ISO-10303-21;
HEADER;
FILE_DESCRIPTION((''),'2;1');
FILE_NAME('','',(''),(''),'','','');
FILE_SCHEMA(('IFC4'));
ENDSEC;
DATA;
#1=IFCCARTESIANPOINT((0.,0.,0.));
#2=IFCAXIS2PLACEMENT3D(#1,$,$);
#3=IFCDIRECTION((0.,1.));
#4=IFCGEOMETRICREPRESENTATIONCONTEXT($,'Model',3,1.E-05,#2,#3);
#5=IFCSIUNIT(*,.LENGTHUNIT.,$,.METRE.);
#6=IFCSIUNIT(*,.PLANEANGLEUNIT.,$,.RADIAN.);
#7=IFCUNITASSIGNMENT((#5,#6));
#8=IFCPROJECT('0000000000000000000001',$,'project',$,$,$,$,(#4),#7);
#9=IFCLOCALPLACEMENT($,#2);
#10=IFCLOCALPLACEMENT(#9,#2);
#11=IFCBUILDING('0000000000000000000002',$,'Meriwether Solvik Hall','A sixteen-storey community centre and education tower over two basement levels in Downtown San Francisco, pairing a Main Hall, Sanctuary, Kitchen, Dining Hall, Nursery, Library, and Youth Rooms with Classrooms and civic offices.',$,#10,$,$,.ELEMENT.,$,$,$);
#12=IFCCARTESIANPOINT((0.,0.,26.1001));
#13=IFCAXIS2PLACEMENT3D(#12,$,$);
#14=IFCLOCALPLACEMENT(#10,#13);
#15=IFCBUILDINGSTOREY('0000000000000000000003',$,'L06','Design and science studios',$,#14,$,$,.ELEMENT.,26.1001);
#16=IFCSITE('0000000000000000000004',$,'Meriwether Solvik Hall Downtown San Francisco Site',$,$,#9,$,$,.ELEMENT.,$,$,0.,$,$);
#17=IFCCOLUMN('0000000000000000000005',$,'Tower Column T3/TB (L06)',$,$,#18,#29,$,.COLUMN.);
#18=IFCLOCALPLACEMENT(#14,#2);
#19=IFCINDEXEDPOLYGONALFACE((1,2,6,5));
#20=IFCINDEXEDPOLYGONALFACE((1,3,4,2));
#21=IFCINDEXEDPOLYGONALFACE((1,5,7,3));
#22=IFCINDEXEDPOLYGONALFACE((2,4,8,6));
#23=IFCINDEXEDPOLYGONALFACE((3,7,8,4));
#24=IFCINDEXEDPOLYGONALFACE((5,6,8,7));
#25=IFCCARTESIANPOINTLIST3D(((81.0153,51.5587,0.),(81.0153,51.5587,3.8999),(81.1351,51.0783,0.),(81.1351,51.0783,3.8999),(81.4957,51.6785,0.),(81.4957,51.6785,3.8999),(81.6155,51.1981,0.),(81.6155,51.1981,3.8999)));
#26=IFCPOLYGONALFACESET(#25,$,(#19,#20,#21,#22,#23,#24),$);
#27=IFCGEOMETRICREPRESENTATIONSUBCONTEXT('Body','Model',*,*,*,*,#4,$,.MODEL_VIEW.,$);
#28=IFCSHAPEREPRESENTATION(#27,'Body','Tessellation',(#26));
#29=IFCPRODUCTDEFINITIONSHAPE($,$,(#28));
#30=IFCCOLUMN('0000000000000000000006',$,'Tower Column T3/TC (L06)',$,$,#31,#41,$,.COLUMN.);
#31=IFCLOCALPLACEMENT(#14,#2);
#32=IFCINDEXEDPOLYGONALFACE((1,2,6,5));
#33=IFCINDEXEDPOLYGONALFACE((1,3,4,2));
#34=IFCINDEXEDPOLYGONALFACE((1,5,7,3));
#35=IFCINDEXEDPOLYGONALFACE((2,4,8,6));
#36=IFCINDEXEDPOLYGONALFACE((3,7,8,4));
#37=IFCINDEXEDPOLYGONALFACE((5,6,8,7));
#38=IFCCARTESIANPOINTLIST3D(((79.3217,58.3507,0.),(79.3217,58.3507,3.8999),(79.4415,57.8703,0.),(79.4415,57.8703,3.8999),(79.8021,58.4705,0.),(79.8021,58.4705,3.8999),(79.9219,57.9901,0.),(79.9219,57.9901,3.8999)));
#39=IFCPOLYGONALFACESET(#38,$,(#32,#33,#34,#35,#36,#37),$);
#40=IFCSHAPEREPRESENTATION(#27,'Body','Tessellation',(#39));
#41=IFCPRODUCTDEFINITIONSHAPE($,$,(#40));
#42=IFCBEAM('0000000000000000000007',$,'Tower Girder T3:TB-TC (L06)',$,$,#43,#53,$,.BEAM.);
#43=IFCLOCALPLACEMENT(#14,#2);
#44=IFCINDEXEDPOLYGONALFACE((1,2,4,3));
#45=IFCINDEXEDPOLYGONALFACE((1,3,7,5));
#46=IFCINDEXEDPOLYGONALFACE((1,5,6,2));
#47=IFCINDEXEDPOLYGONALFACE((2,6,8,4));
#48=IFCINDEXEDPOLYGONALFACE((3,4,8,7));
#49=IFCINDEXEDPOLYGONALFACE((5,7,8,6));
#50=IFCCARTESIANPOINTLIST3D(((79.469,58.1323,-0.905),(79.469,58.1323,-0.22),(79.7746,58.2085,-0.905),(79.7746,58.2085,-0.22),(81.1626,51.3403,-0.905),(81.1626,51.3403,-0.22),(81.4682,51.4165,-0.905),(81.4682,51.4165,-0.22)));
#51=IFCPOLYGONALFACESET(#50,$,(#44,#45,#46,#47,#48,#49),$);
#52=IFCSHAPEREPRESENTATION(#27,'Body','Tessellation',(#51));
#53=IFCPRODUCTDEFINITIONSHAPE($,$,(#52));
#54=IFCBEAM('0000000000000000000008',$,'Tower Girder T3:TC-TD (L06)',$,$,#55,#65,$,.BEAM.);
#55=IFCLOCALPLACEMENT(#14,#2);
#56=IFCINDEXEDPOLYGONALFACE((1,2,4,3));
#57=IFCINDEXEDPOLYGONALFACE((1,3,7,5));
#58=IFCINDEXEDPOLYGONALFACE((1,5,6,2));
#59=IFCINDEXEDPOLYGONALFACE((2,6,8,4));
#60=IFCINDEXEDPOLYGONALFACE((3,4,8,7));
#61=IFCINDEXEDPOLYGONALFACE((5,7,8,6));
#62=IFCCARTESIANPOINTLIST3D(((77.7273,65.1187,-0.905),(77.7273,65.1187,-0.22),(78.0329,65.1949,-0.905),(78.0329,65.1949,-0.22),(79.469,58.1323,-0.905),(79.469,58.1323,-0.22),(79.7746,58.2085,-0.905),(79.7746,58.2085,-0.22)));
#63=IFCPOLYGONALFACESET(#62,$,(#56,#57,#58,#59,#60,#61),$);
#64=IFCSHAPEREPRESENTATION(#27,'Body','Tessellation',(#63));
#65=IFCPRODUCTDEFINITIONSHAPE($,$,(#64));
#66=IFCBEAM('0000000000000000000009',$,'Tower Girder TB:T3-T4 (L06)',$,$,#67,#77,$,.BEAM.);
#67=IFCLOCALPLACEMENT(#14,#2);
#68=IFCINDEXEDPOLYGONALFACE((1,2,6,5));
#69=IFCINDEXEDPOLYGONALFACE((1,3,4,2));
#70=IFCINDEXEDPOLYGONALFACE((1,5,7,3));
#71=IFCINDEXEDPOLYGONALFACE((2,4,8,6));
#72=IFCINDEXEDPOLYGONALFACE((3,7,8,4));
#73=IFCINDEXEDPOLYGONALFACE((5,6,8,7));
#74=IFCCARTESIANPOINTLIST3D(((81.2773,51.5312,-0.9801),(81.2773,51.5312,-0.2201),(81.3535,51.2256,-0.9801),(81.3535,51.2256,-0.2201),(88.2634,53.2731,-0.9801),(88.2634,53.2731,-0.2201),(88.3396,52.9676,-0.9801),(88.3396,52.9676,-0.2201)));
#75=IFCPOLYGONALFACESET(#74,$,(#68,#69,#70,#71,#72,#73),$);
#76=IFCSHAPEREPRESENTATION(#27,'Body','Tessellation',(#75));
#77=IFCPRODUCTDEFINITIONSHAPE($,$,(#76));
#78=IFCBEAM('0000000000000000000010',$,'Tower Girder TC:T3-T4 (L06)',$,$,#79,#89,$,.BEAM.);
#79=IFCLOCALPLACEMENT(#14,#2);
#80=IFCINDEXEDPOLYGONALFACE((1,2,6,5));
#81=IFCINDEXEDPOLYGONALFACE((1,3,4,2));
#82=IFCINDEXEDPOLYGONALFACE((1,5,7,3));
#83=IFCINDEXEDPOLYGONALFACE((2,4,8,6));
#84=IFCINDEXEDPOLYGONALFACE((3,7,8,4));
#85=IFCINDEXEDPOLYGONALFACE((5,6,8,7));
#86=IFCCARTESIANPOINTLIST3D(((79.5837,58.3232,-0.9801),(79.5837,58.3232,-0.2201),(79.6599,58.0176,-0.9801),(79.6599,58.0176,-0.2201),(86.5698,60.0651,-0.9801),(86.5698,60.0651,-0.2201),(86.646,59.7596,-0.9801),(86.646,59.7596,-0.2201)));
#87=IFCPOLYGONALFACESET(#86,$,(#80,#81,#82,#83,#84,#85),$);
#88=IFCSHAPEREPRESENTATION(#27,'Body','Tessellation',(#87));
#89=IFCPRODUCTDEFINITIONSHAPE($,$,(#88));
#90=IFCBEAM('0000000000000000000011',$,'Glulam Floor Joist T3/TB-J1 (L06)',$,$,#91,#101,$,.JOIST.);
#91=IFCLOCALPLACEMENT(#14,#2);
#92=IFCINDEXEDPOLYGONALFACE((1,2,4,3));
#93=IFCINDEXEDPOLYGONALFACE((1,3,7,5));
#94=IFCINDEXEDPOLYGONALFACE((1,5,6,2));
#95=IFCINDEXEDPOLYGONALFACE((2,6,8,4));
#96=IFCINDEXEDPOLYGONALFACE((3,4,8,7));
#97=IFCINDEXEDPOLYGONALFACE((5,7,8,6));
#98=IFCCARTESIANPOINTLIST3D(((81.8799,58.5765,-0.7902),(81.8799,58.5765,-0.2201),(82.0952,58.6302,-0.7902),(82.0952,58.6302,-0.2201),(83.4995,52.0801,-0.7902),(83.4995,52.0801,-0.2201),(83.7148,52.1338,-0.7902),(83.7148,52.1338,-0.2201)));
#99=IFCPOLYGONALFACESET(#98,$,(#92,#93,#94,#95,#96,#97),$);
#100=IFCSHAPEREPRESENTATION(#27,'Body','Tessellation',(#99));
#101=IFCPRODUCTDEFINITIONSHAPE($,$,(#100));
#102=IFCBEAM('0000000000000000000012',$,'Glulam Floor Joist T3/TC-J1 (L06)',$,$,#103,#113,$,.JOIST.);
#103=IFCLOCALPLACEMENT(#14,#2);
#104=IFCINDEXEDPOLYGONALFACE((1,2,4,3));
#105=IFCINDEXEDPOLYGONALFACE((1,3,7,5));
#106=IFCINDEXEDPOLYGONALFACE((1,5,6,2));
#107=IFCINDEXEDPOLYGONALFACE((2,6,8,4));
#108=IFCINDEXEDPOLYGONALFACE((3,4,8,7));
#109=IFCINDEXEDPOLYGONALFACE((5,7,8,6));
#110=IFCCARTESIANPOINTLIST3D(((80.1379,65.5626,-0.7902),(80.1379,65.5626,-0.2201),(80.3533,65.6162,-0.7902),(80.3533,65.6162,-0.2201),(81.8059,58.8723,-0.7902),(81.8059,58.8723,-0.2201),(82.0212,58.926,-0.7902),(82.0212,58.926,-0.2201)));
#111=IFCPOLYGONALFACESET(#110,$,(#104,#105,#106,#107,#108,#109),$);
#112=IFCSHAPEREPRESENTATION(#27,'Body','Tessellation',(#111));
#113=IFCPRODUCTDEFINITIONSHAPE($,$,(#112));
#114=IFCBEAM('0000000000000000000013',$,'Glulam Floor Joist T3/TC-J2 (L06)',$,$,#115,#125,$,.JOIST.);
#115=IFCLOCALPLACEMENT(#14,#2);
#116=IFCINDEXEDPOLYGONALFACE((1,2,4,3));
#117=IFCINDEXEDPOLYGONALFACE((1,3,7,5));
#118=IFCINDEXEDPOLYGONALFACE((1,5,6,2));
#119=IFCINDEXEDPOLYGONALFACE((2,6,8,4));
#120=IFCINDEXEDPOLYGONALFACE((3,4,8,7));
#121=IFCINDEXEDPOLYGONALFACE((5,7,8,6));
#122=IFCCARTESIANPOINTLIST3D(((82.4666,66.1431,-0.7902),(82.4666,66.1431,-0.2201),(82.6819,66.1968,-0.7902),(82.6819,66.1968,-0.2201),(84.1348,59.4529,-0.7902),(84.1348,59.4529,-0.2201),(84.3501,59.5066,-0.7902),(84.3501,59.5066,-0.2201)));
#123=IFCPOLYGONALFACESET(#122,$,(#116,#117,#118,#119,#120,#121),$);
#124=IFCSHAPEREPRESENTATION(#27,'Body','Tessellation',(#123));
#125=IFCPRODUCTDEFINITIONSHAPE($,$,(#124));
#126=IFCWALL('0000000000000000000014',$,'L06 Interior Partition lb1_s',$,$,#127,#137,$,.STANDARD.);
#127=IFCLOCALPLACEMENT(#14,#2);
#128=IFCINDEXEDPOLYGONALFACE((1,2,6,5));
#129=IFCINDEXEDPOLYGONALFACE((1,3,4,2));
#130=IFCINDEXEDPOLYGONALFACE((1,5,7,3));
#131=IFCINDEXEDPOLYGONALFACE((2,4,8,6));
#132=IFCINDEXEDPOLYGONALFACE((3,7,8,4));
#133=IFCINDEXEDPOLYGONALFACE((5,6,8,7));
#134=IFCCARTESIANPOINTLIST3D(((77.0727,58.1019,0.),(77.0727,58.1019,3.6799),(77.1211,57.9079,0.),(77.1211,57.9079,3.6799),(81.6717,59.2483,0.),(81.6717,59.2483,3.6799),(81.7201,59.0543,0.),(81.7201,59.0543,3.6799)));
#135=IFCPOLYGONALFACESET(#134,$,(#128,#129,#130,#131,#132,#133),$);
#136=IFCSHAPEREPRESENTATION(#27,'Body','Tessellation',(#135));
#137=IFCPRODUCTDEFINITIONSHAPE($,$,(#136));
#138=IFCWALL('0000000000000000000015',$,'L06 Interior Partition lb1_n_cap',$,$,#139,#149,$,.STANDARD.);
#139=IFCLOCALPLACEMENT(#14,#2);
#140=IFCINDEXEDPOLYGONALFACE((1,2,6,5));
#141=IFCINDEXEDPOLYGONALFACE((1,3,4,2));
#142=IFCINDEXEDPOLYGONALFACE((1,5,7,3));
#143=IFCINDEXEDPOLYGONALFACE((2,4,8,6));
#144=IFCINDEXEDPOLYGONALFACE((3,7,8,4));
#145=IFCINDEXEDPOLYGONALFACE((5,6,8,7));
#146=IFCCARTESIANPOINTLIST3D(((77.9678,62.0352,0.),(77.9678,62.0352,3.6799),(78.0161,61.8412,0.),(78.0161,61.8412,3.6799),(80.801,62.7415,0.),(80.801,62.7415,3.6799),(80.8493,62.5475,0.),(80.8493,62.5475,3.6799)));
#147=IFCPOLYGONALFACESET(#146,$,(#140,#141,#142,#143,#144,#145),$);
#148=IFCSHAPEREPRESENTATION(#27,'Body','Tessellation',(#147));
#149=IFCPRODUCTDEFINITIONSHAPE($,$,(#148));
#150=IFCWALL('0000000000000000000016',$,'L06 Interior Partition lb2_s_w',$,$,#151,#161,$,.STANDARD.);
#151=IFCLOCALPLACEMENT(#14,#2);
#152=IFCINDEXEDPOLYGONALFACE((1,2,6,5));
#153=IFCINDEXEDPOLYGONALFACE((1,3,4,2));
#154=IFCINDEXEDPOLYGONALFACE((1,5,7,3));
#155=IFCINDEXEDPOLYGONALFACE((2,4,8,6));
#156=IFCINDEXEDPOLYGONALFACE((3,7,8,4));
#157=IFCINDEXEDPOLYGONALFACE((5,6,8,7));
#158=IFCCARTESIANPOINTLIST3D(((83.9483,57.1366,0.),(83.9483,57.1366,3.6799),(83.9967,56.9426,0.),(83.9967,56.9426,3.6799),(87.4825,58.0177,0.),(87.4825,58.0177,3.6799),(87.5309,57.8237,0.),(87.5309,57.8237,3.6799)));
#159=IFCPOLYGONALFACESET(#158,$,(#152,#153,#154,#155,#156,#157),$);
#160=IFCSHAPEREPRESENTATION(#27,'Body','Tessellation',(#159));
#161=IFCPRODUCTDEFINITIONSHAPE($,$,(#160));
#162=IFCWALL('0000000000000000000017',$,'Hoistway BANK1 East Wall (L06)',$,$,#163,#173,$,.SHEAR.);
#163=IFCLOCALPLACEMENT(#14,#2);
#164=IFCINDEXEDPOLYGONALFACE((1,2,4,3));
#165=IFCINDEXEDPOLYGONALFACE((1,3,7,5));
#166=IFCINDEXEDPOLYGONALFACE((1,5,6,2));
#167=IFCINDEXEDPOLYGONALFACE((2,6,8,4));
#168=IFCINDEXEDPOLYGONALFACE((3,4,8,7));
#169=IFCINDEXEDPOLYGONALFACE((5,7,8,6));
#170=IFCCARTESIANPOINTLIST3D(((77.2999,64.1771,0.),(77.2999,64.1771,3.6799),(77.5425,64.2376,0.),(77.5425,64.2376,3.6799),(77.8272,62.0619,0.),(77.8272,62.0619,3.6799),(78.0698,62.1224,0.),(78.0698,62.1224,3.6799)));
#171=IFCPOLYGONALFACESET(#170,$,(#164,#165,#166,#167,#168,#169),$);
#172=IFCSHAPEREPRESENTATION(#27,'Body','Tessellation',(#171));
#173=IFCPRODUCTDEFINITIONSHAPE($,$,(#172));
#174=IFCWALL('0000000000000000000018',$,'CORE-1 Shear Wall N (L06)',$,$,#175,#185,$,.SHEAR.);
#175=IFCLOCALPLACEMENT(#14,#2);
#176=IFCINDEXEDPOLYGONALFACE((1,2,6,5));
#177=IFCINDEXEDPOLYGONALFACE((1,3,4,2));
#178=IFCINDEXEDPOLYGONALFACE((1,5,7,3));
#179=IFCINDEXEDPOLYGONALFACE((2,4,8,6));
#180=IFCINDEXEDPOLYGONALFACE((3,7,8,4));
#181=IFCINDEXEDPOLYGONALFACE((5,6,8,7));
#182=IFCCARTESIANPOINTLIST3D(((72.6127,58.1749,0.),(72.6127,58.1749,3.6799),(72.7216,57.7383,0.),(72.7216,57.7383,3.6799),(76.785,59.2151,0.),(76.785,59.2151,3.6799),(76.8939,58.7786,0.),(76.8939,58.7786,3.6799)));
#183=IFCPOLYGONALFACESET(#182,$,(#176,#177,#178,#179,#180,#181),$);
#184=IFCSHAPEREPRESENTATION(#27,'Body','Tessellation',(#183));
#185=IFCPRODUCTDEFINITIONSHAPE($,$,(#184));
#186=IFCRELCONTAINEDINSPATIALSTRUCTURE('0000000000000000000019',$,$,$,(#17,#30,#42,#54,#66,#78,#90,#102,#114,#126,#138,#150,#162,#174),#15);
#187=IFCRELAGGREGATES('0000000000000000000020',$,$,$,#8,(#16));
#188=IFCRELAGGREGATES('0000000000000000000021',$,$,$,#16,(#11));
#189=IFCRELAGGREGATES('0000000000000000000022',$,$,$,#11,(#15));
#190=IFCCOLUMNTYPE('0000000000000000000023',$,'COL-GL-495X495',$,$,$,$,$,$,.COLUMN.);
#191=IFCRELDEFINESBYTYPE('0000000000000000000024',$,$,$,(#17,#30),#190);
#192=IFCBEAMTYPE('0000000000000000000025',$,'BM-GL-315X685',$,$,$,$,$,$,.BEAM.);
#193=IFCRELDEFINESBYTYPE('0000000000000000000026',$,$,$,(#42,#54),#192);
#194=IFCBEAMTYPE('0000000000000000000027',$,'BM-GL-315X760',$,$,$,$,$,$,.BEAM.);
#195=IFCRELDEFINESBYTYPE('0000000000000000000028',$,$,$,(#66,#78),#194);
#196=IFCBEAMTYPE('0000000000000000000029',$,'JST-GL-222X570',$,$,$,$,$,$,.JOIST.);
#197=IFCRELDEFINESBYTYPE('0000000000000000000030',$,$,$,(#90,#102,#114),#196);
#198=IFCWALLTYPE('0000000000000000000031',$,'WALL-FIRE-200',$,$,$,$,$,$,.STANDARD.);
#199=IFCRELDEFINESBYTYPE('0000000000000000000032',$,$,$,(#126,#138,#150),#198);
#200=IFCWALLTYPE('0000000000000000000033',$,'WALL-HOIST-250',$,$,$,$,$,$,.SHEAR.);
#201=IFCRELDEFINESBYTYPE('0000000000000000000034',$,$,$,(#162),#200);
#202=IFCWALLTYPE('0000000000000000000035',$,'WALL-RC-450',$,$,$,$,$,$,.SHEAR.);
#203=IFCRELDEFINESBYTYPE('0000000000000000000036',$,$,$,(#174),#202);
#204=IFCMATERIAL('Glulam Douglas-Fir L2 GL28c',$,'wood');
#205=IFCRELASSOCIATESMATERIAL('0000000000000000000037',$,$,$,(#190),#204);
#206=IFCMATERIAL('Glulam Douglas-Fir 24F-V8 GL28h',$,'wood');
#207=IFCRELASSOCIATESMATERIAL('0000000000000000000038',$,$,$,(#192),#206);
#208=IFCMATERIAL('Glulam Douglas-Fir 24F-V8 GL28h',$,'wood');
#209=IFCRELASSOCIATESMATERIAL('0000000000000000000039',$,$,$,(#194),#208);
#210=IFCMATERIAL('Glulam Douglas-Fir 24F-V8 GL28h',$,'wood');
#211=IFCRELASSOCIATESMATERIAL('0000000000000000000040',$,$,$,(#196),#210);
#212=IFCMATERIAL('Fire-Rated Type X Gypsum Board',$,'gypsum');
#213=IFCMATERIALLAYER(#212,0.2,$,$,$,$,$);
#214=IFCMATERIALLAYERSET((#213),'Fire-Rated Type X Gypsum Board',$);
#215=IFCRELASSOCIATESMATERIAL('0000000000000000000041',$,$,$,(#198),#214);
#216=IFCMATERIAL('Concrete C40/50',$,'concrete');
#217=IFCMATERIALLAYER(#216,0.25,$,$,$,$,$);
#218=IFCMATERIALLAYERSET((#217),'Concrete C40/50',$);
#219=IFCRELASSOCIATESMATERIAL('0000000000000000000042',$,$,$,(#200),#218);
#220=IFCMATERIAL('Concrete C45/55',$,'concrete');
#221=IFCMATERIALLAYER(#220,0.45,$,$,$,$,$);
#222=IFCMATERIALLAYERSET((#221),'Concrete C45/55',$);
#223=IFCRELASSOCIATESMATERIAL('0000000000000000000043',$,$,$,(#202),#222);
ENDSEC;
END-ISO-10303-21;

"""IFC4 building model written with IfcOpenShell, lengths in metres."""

from ifc_helpers import new_model, si_unit, direction, frame, frame_2d, origin, origin_2d, place, context, subcontext, project, spatial, rectangle, extrude, material, layer, layer_set, material_profile, profile_set, type_object, element, save


model = new_model("IFC4")

# Units and contexts
model_context = context("Model", 3, precision=1e-05, world=origin(), true_north=direction((0.0, 1.0)))
body_context = subcontext(model_context, "Body", "Model", "MODEL_VIEW")
ifc_project = project(units=[si_unit("LENGTHUNIT", "METRE"), si_unit("PLANEANGLEUNIT", "RADIAN")], contexts=[model_context])

# Site, building, storey
site_placement = place(None, origin())
site = spatial("IfcSite", under=ifc_project, at=site_placement, Name="Meriwether Solvik Hall Downtown San Francisco Site", CompositionType="ELEMENT", RefElevation=0.0)
building_placement = place(site_placement, origin())
building = spatial("IfcBuilding", under=site, at=building_placement, Name="Meriwether Solvik Hall", Description="A sixteen-storey community centre and education tower over two basement levels in Downtown San Francisco, pairing a Main Hall, Sanctuary, Kitchen, Dining Hall, Nursery, Library, and Youth Rooms with Classrooms and civic offices.", CompositionType="ELEMENT")
storey_placement = place(building_placement, frame((0.0, 0.0, 26.1001)))
storey = spatial("IfcBuildingStorey", under=building, at=storey_placement, Name="L06", Description="Design and science studios", CompositionType="ELEMENT", Elevation=26.1001)

# Columns
ifc_material_1 = material(Name="Glulam Douglas-Fir L2 GL28c", Category="wood")
ifc_material_profile_1 = material_profile(ifc_material_1, rectangle(XDim=0.4951, YDim=0.4951, at=origin_2d()), Name="GLC-495X495")
ifc_profile_set_1 = profile_set([ifc_material_profile_1], Name="Glulam Douglas-Fir L2 GL28c")
column_type = type_object("IfcColumnType", Name="COL-GL-495X495", PredefinedType="COLUMN", material=ifc_profile_set_1)
for number, where, z_axis, x_axis, name in (
    (1, (81.3154, 51.3784, 0.0), (0.0, 0.0, 1.0), (0.970296, 0.241922, 0.0), "Tower Column T3/TB (L06)"),
    (2, (79.6218, 58.1704, 0.0), (0.0, 0.0, 1.0), (0.970296, 0.241922, 0.0), "Tower Column T3/TC (L06)"),
):
    element("IfcColumn", number, at=place(storey_placement, frame(where, z_axis=z_axis, x_axis=x_axis)), inside=storey, type_object=column_type, Name=name, PredefinedType="COLUMN", context=body_context, shape_type="SweptSolid", body=[
        extrude(rectangle(XDim=0.4951, YDim=0.4951, at=origin_2d()), origin(), (0.0, 0.0, 1.0), 3.8999),
    ])

# Beams
ifc_material_2 = material(Name="Glulam Douglas-Fir 24F-V8 GL28h", Category="wood")
ifc_material_profile_2 = material_profile(ifc_material_2, rectangle(XDim=0.3149, YDim=0.6851, at=origin_2d()), Name="GLB-315X685")
ifc_profile_set_2 = profile_set([ifc_material_profile_2], Name="Glulam Douglas-Fir 24F-V8 GL28h")
beam_type_1 = type_object("IfcBeamType", Name="BM-GL-315X685", PredefinedType="BEAM", material=ifc_profile_set_2)
beam_1_placement = place(storey_placement, frame((81.3154, 51.3784, -0.5625), z_axis=(-0.241945, 0.97029, 0.0), x_axis=(-0.97029, -0.241945, 0.0)))
element("IfcBeam", 3, at=beam_1_placement, inside=storey, type_object=beam_type_1, Name="Tower Girder T3:TB-TC (L06)", PredefinedType="BEAM", context=body_context, shape_type="SweptSolid", body=[
    extrude(rectangle(XDim=0.3149, YDim=0.6851, at=origin_2d()), origin(), (0.0, 0.0, 1.0), 7.0),
])
beam_2_placement = place(storey_placement, frame((79.6218, 58.1704, -0.5625), z_axis=(-0.241897, 0.970302, 0.0), x_axis=(-0.970302, -0.241897, 0.0)))
element("IfcBeam", 4, at=beam_2_placement, inside=storey, type_object=beam_type_1, Name="Tower Girder T3:TC-TD (L06)", PredefinedType="BEAM", context=body_context, shape_type="SweptSolid", body=[
    extrude(rectangle(XDim=0.3149, YDim=0.6851, at=origin_2d()), origin(), (0.0, 0.0, 1.0), 7.2002),
])
ifc_material_3 = material(Name="Glulam Douglas-Fir 24F-V8 GL28h", Category="wood")
ifc_material_profile_3 = material_profile(ifc_material_3, rectangle(XDim=0.3149, YDim=0.76, at=origin_2d()), Name="GLB-315X760")
ifc_profile_set_3 = profile_set([ifc_material_profile_3], Name="Glulam Douglas-Fir 24F-V8 GL28h")
beam_type_2 = type_object("IfcBeamType", Name="BM-GL-315X760", PredefinedType="BEAM", material=ifc_profile_set_3)
for number, where, z_axis, x_axis, name in (
    (5, (81.3154, 51.3784, -0.6001), (0.970292, 0.241937, 0.0), (-0.241937, 0.970292, 0.0), "Tower Girder TB:T3-T4 (L06)"),
    (6, (79.6218, 58.1704, -0.6001), (0.970292, 0.241937, 0.0), (-0.241937, 0.970292, 0.0), "Tower Girder TC:T3-T4 (L06)"),
):
    element("IfcBeam", number, at=place(storey_placement, frame(where, z_axis=z_axis, x_axis=x_axis)), inside=storey, type_object=beam_type_2, Name=name, PredefinedType="BEAM", context=body_context, shape_type="SweptSolid", body=[
        extrude(rectangle(XDim=0.3149, YDim=0.76, at=origin_2d()), origin(), (0.0, 0.0, 1.0), 7.2),
    ])
ifc_material_4 = material(Name="Glulam Douglas-Fir 24F-V8 GL28h", Category="wood")
ifc_material_profile_4 = material_profile(ifc_material_4, rectangle(XDim=0.2219, YDim=0.5701, at=origin_2d()), Name="GLJ-222X570")
ifc_profile_set_4 = profile_set([ifc_material_profile_4], Name="Glulam Douglas-Fir 24F-V8 GL28h")
beam_type_3 = type_object("IfcBeamType", Name="JST-GL-222X570", PredefinedType="JOIST", material=ifc_profile_set_4)
beam_3_placement = place(storey_placement, frame((83.6072, 52.1069, -0.5051), z_axis=(-0.241909, 0.970299, 0.0), x_axis=(-0.970299, -0.241909, 0.0)))
element("IfcBeam", 7, at=beam_3_placement, inside=storey, type_object=beam_type_3, Name="Glulam Floor Joist T3/TB-J1 (L06)", PredefinedType="JOIST", context=body_context, shape_type="SweptSolid", body=[
    extrude(rectangle(XDim=0.2219, YDim=0.5701, at=origin_2d()), origin(), (0.0, 0.0, 1.0), 6.6953),
])
for number, where, z_axis, x_axis, name in (
    (8, (81.9136, 58.8992, -0.5051), (-0.241911, 0.970299, 0.0), (-0.970299, -0.241911, 0.0), "Glulam Floor Joist T3/TC-J1 (L06)"),
    (9, (84.2424, 59.4797, -0.5051), (-0.241944, 0.97029, 0.0), (-0.97029, -0.241944, 0.0), "Glulam Floor Joist T3/TC-J2 (L06)"),
):
    element("IfcBeam", number, at=place(storey_placement, frame(where, z_axis=z_axis, x_axis=x_axis)), inside=storey, type_object=beam_type_3, Name=name, PredefinedType="JOIST", context=body_context, shape_type="SweptSolid", body=[
        extrude(rectangle(XDim=0.2219, YDim=0.5701, at=origin_2d()), origin(), (0.0, 0.0, 1.0), 6.895),
    ])

# Walls
ifc_material_5 = material(Name="Fire-Rated Type X Gypsum Board", Category="gypsum")
ifc_layer_1 = layer(ifc_material_5, 0.2)
ifc_layer_set_1 = layer_set([ifc_layer_1], Name="Fire-Rated Type X Gypsum Board")
wall_type_1 = type_object("IfcWallType", Name="WALL-FIRE-200", PredefinedType="STANDARD", material=ifc_layer_set_1)
wall_1_placement = place(storey_placement, frame((77.0969, 58.0049, 0.0), z_axis=(0.0, 0.0, 1.0), x_axis=(0.970306, 0.241881, 0.0)))
element("IfcWall", 10, at=wall_1_placement, inside=storey, type_object=wall_type_1, Name="L06 Interior Partition lb1_s", PredefinedType="STANDARD", context=body_context, shape_type="SweptSolid", body=[
    extrude(rectangle(XDim=4.7397, YDim=0.2, at=frame_2d((2.3699, 0.0))), origin(), (0.0, 0.0, 1.0), 3.6799),
])
wall_2_placement = place(storey_placement, frame((77.9919, 61.9382, 0.0), z_axis=(0.0, 0.0, 1.0), x_axis=(0.970305, 0.241886, 0.0)))
element("IfcWall", 11, at=wall_2_placement, inside=storey, type_object=wall_type_1, Name="L06 Interior Partition lb1_n_cap", PredefinedType="STANDARD", context=body_context, shape_type="SweptSolid", body=[
    extrude(rectangle(XDim=2.9199, YDim=0.2, at=frame_2d((1.46, 0.0))), origin(), (0.0, 0.0, 1.0), 3.6799),
])
wall_3_placement = place(storey_placement, frame((83.9724, 57.0396, 0.0), z_axis=(0.0, 0.0, 1.0), x_axis=(0.9703, 0.241905, 0.0)))
element("IfcWall", 12, at=wall_3_placement, inside=storey, type_object=wall_type_1, Name="L06 Interior Partition lb2_s_w", PredefinedType="STANDARD", context=body_context, shape_type="SweptSolid", body=[
    extrude(rectangle(XDim=3.6423, YDim=0.2, at=frame_2d((1.8213, 0.0))), origin(), (0.0, 0.0, 1.0), 3.6799),
])
ifc_material_6 = material(Name="Concrete C40/50", Category="concrete")
ifc_layer_2 = layer(ifc_material_6, 0.25)
ifc_layer_set_2 = layer_set([ifc_layer_2], Name="Concrete C40/50")
wall_type_2 = type_object("IfcWallType", Name="WALL-HOIST-250", PredefinedType="SHEAR", material=ifc_layer_set_2)
wall_4_placement = place(storey_placement, frame((77.9485, 62.0923, 0.0), z_axis=(0.0, 0.0, 1.0), x_axis=(-0.241903, 0.9703, 0.0)))
element("IfcWall", 13, at=wall_4_placement, inside=storey, type_object=wall_type_2, Name="Hoistway BANK1 East Wall (L06)", PredefinedType="SHEAR", context=body_context, shape_type="SweptSolid", body=[
    extrude(rectangle(XDim=2.1799, YDim=0.25, at=frame_2d((1.0898, 0.0))), origin(), (0.0, 0.0, 1.0), 3.6799),
])
ifc_material_7 = material(Name="Concrete C45/55", Category="concrete")
ifc_layer_3 = layer(ifc_material_7, 0.45)
ifc_layer_set_3 = layer_set([ifc_layer_3], Name="Concrete C45/55")
wall_type_3 = type_object("IfcWallType", Name="WALL-RC-450", PredefinedType="SHEAR", material=ifc_layer_set_3)
wall_5_placement = place(storey_placement, frame((76.8394, 58.9968, 0.0), z_axis=(0.0, 0.0, 1.0), x_axis=(-0.970296, -0.241921, 0.0)))
element("IfcWall", 14, at=wall_5_placement, inside=storey, type_object=wall_type_3, Name="CORE-1 Shear Wall N (L06)", PredefinedType="SHEAR", context=body_context, shape_type="SweptSolid", body=[
    extrude(rectangle(XDim=4.3, YDim=0.45, at=frame_2d((2.1499, 0.0))), origin(), (0.0, 0.0, 1.0), 3.6799),
])

save(model, "model.ifc")
